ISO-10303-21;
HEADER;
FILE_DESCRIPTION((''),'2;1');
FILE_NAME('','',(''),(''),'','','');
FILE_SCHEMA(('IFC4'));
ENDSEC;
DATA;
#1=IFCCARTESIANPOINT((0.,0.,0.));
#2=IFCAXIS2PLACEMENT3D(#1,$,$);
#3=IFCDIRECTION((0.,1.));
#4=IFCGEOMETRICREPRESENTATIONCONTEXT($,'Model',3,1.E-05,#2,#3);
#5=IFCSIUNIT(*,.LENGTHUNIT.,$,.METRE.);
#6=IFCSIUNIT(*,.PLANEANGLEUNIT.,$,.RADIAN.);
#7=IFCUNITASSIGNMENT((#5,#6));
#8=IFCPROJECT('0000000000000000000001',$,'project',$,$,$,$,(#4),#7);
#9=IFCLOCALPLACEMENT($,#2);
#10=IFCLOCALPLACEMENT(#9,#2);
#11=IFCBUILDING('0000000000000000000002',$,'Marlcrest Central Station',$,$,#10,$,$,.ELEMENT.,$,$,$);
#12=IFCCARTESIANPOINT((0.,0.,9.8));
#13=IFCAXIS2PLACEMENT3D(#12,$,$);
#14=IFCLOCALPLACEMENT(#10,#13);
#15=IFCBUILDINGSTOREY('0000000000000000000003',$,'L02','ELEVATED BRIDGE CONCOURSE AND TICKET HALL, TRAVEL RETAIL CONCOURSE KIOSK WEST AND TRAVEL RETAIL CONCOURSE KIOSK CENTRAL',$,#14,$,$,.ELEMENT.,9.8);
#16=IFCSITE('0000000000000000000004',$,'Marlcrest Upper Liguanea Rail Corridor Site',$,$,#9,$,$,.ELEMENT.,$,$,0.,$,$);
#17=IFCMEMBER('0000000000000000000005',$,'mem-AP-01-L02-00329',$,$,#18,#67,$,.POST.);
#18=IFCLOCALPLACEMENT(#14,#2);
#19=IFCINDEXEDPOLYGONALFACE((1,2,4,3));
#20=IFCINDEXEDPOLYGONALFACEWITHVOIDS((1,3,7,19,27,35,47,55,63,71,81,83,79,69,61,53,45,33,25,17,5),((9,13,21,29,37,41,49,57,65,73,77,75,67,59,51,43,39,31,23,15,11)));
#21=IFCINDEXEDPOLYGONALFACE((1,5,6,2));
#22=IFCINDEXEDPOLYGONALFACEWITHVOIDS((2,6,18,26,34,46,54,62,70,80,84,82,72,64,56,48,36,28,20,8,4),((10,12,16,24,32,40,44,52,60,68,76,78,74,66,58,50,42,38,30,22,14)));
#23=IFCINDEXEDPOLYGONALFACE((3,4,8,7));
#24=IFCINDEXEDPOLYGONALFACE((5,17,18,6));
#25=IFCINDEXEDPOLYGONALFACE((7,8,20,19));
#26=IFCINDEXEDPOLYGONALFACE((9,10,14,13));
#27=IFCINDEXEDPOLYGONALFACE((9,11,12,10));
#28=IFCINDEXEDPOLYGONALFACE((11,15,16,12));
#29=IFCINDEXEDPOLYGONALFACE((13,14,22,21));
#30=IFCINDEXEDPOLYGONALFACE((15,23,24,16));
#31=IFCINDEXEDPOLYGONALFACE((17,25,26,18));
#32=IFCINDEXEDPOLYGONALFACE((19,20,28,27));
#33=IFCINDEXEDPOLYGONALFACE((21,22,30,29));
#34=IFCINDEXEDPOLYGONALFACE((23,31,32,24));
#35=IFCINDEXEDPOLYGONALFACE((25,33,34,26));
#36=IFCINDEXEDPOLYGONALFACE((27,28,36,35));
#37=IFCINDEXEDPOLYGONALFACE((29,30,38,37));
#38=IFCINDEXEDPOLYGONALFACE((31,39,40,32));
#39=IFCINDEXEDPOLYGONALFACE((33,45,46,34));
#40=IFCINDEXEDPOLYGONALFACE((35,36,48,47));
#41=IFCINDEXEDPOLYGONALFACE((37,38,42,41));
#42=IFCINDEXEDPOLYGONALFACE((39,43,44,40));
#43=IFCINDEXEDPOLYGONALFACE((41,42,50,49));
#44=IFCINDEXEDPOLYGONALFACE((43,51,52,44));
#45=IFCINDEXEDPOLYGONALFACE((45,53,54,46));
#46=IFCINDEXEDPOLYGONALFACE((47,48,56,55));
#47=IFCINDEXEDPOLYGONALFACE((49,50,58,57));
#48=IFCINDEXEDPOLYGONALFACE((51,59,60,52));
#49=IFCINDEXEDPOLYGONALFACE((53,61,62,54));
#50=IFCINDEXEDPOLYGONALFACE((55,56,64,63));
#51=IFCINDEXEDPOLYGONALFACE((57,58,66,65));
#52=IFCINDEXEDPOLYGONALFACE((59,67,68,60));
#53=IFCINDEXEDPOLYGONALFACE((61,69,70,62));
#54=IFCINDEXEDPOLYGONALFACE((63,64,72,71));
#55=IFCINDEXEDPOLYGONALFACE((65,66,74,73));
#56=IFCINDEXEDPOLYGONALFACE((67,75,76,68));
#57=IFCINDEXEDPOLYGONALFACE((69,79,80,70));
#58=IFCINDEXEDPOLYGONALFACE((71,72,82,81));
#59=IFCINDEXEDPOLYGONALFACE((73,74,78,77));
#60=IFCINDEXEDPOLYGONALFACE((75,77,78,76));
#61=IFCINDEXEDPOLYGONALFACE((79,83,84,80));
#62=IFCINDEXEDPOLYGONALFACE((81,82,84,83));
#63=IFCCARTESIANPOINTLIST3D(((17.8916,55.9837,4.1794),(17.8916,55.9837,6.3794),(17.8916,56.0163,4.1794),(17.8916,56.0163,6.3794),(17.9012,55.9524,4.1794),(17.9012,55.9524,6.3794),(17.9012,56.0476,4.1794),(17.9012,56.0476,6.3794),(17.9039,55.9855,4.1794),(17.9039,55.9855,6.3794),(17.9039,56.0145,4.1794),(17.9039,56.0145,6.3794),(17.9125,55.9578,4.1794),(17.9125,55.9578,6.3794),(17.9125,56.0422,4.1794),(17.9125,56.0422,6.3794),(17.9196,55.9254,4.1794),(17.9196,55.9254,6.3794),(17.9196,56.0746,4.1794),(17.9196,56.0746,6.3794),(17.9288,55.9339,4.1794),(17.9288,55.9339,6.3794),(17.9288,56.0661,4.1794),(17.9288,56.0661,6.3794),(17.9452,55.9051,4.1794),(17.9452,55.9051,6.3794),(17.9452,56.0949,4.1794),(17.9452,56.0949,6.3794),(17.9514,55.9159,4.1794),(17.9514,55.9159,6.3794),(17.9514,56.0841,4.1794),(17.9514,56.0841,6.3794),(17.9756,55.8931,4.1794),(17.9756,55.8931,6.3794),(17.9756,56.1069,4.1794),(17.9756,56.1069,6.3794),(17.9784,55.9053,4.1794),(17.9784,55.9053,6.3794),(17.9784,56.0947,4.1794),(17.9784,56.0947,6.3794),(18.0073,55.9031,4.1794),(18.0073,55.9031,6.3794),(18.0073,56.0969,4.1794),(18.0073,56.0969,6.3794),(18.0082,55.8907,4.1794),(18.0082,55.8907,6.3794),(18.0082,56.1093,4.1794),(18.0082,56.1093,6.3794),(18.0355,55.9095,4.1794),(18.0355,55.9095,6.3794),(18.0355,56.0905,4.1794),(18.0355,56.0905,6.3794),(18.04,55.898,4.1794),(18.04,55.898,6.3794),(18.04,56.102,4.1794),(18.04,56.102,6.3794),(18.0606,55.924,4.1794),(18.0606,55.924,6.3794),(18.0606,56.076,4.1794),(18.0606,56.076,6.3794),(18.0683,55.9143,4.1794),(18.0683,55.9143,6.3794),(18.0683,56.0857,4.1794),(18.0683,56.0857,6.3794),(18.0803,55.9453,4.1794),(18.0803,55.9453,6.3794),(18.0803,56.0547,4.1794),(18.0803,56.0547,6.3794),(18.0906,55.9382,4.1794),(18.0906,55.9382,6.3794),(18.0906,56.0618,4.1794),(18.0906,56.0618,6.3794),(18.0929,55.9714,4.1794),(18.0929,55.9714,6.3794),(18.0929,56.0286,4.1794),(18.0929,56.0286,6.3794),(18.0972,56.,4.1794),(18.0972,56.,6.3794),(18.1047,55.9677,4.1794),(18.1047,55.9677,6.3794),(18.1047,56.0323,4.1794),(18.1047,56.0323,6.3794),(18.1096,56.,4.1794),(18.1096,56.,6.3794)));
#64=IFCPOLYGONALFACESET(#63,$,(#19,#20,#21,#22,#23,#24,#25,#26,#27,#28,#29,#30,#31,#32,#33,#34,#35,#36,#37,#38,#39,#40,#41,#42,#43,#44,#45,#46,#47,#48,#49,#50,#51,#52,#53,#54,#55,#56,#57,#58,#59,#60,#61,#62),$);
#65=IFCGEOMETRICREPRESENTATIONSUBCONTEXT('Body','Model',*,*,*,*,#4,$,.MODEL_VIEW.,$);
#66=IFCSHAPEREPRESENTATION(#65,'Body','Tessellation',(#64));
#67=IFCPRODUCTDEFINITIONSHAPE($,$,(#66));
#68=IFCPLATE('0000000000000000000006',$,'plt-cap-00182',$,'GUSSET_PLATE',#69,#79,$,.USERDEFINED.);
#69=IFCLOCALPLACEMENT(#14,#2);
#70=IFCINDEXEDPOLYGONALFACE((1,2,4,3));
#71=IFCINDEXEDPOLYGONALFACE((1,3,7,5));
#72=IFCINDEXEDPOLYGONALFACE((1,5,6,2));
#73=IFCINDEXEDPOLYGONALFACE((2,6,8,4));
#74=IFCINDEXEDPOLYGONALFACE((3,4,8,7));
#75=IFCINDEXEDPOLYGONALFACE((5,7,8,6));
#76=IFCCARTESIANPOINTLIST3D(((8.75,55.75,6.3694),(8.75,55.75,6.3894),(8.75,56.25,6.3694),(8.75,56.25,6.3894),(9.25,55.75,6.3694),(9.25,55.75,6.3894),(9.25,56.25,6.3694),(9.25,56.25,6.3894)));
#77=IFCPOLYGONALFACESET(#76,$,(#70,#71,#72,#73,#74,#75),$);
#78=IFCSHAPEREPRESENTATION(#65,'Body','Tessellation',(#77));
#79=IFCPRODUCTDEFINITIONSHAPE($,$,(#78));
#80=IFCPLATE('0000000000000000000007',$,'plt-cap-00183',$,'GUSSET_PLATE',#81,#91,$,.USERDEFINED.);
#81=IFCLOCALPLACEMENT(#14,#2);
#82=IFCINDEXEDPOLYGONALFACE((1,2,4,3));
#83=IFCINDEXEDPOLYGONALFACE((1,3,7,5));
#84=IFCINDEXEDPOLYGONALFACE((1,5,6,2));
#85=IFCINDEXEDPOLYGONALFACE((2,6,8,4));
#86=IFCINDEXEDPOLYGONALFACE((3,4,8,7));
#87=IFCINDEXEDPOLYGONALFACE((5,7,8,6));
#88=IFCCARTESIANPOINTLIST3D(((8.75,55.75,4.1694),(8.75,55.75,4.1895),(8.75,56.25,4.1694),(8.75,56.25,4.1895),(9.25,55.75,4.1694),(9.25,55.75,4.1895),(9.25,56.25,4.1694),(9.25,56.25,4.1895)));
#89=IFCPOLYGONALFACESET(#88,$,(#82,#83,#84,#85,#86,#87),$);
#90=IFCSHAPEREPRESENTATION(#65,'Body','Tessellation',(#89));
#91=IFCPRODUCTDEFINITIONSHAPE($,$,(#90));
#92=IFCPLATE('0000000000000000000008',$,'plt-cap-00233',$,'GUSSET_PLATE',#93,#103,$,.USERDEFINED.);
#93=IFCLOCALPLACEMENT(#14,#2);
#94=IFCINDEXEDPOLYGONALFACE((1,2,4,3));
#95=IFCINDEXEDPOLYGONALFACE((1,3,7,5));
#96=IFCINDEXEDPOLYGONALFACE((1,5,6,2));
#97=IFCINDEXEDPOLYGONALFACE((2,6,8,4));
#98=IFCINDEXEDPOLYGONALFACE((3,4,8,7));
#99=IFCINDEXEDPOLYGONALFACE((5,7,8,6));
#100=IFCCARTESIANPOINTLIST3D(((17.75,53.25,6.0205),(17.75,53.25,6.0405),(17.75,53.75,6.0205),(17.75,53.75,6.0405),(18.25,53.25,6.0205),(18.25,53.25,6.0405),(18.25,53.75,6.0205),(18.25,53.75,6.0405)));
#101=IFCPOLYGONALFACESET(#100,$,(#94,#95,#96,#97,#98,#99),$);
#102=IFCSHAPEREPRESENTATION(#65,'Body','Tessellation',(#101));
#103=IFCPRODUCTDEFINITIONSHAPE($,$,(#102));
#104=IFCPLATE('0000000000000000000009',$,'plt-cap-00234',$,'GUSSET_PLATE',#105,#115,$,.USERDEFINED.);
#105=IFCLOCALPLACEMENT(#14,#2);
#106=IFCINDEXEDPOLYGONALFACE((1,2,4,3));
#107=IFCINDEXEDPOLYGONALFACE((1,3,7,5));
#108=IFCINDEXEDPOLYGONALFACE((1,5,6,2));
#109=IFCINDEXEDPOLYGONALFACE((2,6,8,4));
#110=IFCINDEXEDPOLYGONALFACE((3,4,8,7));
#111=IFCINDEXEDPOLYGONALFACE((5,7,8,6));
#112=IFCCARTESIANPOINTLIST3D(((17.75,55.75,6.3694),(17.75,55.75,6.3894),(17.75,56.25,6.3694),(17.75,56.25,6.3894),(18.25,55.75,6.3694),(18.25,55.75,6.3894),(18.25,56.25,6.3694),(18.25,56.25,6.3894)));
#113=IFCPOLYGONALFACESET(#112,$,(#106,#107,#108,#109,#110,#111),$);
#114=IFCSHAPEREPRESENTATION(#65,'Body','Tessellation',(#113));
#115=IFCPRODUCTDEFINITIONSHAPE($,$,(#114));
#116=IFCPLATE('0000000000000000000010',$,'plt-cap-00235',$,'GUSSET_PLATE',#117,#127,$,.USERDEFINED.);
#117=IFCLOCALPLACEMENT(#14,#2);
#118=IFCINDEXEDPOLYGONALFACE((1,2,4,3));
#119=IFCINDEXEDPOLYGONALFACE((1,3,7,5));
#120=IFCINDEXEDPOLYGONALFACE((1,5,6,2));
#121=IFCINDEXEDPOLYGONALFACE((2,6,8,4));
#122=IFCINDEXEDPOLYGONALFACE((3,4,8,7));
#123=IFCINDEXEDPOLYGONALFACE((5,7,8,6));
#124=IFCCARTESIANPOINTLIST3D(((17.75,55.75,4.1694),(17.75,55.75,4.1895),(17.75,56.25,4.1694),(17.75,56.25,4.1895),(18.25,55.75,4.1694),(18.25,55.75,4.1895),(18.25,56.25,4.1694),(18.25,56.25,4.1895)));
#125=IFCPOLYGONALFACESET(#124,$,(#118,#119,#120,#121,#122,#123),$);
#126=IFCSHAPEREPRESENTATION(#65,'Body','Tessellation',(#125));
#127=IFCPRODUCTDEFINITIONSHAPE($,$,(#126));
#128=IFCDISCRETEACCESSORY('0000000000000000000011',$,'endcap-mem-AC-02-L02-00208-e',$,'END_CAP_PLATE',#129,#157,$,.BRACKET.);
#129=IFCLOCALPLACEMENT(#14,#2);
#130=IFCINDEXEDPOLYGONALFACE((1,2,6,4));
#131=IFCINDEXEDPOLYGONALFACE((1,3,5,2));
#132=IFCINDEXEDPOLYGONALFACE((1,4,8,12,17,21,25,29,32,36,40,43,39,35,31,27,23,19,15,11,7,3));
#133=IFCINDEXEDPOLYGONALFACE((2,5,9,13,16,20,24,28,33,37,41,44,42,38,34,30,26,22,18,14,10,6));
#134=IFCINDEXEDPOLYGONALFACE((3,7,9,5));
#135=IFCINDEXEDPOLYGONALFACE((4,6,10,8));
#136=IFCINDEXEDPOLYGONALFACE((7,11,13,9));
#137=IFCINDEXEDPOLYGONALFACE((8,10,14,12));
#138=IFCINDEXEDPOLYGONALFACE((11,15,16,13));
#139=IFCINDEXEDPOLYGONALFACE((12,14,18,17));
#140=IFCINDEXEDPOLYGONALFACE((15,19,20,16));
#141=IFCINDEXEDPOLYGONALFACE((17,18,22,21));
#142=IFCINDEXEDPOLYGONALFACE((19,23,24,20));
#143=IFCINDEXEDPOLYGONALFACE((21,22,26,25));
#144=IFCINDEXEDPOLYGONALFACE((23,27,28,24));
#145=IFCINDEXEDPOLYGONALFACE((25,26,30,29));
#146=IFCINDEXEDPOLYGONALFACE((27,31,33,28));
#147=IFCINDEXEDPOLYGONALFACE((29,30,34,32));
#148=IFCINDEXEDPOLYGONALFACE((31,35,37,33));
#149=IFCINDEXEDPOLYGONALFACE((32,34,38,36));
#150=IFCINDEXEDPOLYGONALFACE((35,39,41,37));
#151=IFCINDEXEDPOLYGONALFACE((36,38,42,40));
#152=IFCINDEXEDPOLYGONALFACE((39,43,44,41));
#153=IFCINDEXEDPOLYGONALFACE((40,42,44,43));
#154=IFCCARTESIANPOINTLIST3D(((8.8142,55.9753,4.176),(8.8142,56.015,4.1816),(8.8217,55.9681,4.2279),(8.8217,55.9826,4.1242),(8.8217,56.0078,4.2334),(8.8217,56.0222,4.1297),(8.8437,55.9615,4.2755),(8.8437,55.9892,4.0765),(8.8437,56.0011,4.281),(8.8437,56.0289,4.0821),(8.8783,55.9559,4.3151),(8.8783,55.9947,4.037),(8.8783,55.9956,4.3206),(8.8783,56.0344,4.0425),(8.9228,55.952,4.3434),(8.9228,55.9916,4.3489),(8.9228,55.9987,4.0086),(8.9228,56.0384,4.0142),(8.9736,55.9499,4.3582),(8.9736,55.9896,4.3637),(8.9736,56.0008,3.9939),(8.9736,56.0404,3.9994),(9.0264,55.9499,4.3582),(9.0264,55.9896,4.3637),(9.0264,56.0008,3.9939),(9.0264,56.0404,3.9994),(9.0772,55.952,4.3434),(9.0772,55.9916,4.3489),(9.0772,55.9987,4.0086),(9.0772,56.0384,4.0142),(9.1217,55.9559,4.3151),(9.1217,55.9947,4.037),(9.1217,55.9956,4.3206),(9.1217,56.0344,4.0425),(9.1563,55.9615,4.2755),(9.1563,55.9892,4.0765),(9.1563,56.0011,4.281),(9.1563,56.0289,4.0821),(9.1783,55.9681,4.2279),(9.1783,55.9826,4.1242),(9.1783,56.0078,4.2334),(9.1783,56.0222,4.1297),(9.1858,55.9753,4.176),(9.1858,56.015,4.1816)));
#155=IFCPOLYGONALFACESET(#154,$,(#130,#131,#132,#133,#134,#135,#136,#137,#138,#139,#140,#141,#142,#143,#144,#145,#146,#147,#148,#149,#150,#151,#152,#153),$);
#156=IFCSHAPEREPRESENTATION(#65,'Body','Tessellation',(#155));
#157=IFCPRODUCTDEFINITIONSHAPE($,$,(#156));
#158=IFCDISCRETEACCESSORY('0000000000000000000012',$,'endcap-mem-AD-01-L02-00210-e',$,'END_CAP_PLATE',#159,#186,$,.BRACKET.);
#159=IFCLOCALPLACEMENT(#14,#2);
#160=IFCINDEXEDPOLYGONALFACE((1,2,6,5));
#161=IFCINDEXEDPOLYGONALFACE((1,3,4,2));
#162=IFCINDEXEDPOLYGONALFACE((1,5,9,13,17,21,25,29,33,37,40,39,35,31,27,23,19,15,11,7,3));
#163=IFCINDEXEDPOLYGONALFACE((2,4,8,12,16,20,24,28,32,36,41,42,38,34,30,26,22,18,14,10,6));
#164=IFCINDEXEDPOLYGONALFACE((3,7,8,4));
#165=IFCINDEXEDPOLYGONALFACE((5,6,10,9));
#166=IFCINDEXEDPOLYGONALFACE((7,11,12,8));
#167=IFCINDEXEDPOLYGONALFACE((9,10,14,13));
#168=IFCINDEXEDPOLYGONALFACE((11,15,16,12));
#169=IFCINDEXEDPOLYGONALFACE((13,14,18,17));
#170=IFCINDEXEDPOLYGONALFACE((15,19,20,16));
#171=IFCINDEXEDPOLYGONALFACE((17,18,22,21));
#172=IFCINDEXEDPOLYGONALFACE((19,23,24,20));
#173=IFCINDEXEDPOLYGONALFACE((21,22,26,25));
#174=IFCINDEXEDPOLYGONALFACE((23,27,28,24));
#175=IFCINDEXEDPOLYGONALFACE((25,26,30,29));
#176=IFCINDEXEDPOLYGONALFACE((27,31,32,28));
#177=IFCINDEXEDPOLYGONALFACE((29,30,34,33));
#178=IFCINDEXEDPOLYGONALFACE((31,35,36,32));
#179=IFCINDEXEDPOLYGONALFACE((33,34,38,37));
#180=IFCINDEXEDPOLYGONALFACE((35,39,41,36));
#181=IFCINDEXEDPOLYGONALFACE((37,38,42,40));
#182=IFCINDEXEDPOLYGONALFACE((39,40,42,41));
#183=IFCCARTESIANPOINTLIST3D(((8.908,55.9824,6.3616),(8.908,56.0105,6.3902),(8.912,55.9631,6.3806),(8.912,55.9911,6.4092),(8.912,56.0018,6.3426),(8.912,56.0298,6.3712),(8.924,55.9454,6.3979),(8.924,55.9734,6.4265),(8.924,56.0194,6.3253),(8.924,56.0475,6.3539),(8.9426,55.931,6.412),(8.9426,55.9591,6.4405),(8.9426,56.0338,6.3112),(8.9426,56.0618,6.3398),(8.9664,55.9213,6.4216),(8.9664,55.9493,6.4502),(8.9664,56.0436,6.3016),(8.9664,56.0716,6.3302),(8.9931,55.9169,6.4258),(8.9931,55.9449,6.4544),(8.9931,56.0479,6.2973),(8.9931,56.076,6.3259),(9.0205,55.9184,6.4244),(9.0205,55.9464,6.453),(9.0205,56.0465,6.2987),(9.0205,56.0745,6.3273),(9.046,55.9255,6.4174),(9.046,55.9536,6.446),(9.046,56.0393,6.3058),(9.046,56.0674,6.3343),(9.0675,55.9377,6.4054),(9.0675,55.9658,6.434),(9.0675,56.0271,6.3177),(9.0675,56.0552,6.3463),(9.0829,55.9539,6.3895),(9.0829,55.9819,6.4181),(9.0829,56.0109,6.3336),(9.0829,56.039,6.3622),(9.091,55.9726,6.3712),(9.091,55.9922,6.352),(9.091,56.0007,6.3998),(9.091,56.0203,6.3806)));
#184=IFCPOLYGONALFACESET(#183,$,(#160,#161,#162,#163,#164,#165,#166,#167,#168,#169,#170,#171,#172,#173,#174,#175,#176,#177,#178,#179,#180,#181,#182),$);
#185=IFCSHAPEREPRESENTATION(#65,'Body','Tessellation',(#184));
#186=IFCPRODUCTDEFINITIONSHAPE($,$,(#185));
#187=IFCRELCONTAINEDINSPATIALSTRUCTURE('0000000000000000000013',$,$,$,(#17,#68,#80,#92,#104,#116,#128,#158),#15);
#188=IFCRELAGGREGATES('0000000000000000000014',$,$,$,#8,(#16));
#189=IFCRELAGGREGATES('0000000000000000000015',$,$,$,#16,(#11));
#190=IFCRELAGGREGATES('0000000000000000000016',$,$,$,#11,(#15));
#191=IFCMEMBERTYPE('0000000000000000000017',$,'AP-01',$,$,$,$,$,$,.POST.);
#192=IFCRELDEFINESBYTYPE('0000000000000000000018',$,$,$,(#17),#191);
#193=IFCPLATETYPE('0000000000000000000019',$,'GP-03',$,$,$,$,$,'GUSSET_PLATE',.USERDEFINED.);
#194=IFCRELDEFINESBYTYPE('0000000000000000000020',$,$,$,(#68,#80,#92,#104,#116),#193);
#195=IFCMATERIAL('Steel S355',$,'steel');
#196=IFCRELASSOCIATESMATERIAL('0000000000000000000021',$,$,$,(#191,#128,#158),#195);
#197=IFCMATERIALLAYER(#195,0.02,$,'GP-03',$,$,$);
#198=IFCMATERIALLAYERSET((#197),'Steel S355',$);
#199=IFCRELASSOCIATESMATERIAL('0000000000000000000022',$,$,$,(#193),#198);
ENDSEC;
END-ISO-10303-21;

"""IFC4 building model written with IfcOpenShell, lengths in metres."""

from ifc_helpers import new_model, si_unit, direction, frame, origin, origin_2d, place, context, subcontext, project, spatial, rectangle, circle, hollow_circle, extrude, material, layer, layer_set, material_profile, profile_set, type_object, element, save


model = new_model("IFC4")

# Units and contexts
model_context = context("Model", 3, precision=1e-05, world=origin(), true_north=direction((0.0, 1.0)))
body_context = subcontext(model_context, "Body", "Model", "MODEL_VIEW")
ifc_project = project(units=[si_unit("LENGTHUNIT", "METRE"), si_unit("PLANEANGLEUNIT", "RADIAN")], contexts=[model_context])

# Site, building, storey
site_placement = place(None, origin())
site = spatial("IfcSite", under=ifc_project, at=site_placement, Name="Marlcrest Upper Liguanea Rail Corridor Site", CompositionType="ELEMENT", RefElevation=0.0)
building_placement = place(site_placement, origin())
building = spatial("IfcBuilding", under=site, at=building_placement, Name="Marlcrest Central Station", CompositionType="ELEMENT")
storey_placement = place(building_placement, frame((0.0, 0.0, 9.8)))
storey = spatial("IfcBuildingStorey", under=building, at=storey_placement, Name="L02", Description="ELEVATED BRIDGE CONCOURSE AND TICKET HALL, TRAVEL RETAIL CONCOURSE KIOSK WEST AND TRAVEL RETAIL CONCOURSE KIOSK CENTRAL", CompositionType="ELEMENT", Elevation=9.8)

# Member
ifc_material = material(Name="Steel S355", Category="steel")
ifc_material_profile_1 = material_profile(ifc_material, hollow_circle(Radius=0.1096, WallThickness=0.0125, at=origin_2d()), Name="CHS 219.1x12.5")
ifc_profile_set_1 = profile_set([ifc_material_profile_1], Name="Steel S355")
member_type_1 = type_object("IfcMemberType", Name="AP-01", PredefinedType="POST", material=ifc_profile_set_1)
for number, where, z_axis, x_axis, name in (
    (1, (18.0, 56.0, 4.1794), (0.0, 0.0, 1.0), (1.0, 0.0, 0.0), "mem-AP-01-L02-00329"),
):
    element("IfcMember", number, at=place(storey_placement, frame(where, z_axis=z_axis, x_axis=x_axis)), inside=storey, type_object=member_type_1, Name=name, PredefinedType="POST", context=body_context, shape_type="SweptSolid", body=[
        extrude(hollow_circle(Radius=0.1096, WallThickness=0.0125, at=origin_2d()), origin(), (0.0, 0.0, 1.0), 2.2),
    ])

# Plates
ifc_layer = layer(ifc_material, 0.02, Name="GP-03")
ifc_layer_set = layer_set([ifc_layer], Name="Steel S355")
plate_type = type_object("IfcPlateType", Name="GP-03", ElementType="GUSSET_PLATE", PredefinedType="USERDEFINED", material=ifc_layer_set)
for number, where, z_axis, x_axis, name in (
    (2, (9.0, 56.0, 6.3694), (0.0, 0.0, 1.0), (1.0, 0.0, 0.0), "plt-cap-00182"),
    (3, (9.0, 56.0, 4.1694), (0.0, 0.0, 1.0), (1.0, 0.0, 0.0), "plt-cap-00183"),
    (4, (18.0, 53.5, 6.0205), (0.0, 0.0, 1.0), (1.0, 0.0, 0.0), "plt-cap-00233"),
    (5, (18.0, 56.0, 6.3694), (0.0, 0.0, 1.0), (1.0, 0.0, 0.0), "plt-cap-00234"),
    (6, (18.0, 56.0, 4.1694), (0.0, 0.0, 1.0), (1.0, 0.0, 0.0), "plt-cap-00235"),
):
    element("IfcPlate", number, at=place(storey_placement, frame(where, z_axis=z_axis, x_axis=x_axis)), inside=storey, type_object=plate_type, Name=name, ObjectType="GUSSET_PLATE", PredefinedType="USERDEFINED", context=body_context, shape_type="SweptSolid", body=[
        extrude(rectangle(XDim=0.5, YDim=0.5, at=origin_2d()), origin(), (0.0, 0.0, 1.0), 0.02),
    ])

# Discrete accessories
discrete_accessory_1_placement = place(storey_placement, frame((9.0, 55.9753, 4.176), z_axis=(0.0, 0.990403, 0.138211), x_axis=(-1.0, 0.0, 0.0)))
element("IfcDiscreteAccessory", 7, at=discrete_accessory_1_placement, inside=storey, material=ifc_material, Name="endcap-mem-AC-02-L02-00208-e", ObjectType="END_CAP_PLATE", PredefinedType="BRACKET", context=body_context, shape_type="SweptSolid", body=[
    extrude(circle(Radius=0.1858, at=origin_2d()), origin(), (0.0, 0.0, 1.0), 0.04),
])
discrete_accessory_2_placement = place(storey_placement, frame((9.0, 55.9824, 6.3616), z_axis=(0.0, 0.700235, 0.713912), x_axis=(-1.0, 0.0, 0.0)))
element("IfcDiscreteAccessory", 8, at=discrete_accessory_2_placement, inside=storey, material=ifc_material, Name="endcap-mem-AD-01-L02-00210-e", ObjectType="END_CAP_PLATE", PredefinedType="BRACKET", context=body_context, shape_type="SweptSolid", body=[
    extrude(circle(Radius=0.092, at=origin_2d()), origin(), (0.0, 0.0, 1.0), 0.04),
])

save(model, "model.ifc")
